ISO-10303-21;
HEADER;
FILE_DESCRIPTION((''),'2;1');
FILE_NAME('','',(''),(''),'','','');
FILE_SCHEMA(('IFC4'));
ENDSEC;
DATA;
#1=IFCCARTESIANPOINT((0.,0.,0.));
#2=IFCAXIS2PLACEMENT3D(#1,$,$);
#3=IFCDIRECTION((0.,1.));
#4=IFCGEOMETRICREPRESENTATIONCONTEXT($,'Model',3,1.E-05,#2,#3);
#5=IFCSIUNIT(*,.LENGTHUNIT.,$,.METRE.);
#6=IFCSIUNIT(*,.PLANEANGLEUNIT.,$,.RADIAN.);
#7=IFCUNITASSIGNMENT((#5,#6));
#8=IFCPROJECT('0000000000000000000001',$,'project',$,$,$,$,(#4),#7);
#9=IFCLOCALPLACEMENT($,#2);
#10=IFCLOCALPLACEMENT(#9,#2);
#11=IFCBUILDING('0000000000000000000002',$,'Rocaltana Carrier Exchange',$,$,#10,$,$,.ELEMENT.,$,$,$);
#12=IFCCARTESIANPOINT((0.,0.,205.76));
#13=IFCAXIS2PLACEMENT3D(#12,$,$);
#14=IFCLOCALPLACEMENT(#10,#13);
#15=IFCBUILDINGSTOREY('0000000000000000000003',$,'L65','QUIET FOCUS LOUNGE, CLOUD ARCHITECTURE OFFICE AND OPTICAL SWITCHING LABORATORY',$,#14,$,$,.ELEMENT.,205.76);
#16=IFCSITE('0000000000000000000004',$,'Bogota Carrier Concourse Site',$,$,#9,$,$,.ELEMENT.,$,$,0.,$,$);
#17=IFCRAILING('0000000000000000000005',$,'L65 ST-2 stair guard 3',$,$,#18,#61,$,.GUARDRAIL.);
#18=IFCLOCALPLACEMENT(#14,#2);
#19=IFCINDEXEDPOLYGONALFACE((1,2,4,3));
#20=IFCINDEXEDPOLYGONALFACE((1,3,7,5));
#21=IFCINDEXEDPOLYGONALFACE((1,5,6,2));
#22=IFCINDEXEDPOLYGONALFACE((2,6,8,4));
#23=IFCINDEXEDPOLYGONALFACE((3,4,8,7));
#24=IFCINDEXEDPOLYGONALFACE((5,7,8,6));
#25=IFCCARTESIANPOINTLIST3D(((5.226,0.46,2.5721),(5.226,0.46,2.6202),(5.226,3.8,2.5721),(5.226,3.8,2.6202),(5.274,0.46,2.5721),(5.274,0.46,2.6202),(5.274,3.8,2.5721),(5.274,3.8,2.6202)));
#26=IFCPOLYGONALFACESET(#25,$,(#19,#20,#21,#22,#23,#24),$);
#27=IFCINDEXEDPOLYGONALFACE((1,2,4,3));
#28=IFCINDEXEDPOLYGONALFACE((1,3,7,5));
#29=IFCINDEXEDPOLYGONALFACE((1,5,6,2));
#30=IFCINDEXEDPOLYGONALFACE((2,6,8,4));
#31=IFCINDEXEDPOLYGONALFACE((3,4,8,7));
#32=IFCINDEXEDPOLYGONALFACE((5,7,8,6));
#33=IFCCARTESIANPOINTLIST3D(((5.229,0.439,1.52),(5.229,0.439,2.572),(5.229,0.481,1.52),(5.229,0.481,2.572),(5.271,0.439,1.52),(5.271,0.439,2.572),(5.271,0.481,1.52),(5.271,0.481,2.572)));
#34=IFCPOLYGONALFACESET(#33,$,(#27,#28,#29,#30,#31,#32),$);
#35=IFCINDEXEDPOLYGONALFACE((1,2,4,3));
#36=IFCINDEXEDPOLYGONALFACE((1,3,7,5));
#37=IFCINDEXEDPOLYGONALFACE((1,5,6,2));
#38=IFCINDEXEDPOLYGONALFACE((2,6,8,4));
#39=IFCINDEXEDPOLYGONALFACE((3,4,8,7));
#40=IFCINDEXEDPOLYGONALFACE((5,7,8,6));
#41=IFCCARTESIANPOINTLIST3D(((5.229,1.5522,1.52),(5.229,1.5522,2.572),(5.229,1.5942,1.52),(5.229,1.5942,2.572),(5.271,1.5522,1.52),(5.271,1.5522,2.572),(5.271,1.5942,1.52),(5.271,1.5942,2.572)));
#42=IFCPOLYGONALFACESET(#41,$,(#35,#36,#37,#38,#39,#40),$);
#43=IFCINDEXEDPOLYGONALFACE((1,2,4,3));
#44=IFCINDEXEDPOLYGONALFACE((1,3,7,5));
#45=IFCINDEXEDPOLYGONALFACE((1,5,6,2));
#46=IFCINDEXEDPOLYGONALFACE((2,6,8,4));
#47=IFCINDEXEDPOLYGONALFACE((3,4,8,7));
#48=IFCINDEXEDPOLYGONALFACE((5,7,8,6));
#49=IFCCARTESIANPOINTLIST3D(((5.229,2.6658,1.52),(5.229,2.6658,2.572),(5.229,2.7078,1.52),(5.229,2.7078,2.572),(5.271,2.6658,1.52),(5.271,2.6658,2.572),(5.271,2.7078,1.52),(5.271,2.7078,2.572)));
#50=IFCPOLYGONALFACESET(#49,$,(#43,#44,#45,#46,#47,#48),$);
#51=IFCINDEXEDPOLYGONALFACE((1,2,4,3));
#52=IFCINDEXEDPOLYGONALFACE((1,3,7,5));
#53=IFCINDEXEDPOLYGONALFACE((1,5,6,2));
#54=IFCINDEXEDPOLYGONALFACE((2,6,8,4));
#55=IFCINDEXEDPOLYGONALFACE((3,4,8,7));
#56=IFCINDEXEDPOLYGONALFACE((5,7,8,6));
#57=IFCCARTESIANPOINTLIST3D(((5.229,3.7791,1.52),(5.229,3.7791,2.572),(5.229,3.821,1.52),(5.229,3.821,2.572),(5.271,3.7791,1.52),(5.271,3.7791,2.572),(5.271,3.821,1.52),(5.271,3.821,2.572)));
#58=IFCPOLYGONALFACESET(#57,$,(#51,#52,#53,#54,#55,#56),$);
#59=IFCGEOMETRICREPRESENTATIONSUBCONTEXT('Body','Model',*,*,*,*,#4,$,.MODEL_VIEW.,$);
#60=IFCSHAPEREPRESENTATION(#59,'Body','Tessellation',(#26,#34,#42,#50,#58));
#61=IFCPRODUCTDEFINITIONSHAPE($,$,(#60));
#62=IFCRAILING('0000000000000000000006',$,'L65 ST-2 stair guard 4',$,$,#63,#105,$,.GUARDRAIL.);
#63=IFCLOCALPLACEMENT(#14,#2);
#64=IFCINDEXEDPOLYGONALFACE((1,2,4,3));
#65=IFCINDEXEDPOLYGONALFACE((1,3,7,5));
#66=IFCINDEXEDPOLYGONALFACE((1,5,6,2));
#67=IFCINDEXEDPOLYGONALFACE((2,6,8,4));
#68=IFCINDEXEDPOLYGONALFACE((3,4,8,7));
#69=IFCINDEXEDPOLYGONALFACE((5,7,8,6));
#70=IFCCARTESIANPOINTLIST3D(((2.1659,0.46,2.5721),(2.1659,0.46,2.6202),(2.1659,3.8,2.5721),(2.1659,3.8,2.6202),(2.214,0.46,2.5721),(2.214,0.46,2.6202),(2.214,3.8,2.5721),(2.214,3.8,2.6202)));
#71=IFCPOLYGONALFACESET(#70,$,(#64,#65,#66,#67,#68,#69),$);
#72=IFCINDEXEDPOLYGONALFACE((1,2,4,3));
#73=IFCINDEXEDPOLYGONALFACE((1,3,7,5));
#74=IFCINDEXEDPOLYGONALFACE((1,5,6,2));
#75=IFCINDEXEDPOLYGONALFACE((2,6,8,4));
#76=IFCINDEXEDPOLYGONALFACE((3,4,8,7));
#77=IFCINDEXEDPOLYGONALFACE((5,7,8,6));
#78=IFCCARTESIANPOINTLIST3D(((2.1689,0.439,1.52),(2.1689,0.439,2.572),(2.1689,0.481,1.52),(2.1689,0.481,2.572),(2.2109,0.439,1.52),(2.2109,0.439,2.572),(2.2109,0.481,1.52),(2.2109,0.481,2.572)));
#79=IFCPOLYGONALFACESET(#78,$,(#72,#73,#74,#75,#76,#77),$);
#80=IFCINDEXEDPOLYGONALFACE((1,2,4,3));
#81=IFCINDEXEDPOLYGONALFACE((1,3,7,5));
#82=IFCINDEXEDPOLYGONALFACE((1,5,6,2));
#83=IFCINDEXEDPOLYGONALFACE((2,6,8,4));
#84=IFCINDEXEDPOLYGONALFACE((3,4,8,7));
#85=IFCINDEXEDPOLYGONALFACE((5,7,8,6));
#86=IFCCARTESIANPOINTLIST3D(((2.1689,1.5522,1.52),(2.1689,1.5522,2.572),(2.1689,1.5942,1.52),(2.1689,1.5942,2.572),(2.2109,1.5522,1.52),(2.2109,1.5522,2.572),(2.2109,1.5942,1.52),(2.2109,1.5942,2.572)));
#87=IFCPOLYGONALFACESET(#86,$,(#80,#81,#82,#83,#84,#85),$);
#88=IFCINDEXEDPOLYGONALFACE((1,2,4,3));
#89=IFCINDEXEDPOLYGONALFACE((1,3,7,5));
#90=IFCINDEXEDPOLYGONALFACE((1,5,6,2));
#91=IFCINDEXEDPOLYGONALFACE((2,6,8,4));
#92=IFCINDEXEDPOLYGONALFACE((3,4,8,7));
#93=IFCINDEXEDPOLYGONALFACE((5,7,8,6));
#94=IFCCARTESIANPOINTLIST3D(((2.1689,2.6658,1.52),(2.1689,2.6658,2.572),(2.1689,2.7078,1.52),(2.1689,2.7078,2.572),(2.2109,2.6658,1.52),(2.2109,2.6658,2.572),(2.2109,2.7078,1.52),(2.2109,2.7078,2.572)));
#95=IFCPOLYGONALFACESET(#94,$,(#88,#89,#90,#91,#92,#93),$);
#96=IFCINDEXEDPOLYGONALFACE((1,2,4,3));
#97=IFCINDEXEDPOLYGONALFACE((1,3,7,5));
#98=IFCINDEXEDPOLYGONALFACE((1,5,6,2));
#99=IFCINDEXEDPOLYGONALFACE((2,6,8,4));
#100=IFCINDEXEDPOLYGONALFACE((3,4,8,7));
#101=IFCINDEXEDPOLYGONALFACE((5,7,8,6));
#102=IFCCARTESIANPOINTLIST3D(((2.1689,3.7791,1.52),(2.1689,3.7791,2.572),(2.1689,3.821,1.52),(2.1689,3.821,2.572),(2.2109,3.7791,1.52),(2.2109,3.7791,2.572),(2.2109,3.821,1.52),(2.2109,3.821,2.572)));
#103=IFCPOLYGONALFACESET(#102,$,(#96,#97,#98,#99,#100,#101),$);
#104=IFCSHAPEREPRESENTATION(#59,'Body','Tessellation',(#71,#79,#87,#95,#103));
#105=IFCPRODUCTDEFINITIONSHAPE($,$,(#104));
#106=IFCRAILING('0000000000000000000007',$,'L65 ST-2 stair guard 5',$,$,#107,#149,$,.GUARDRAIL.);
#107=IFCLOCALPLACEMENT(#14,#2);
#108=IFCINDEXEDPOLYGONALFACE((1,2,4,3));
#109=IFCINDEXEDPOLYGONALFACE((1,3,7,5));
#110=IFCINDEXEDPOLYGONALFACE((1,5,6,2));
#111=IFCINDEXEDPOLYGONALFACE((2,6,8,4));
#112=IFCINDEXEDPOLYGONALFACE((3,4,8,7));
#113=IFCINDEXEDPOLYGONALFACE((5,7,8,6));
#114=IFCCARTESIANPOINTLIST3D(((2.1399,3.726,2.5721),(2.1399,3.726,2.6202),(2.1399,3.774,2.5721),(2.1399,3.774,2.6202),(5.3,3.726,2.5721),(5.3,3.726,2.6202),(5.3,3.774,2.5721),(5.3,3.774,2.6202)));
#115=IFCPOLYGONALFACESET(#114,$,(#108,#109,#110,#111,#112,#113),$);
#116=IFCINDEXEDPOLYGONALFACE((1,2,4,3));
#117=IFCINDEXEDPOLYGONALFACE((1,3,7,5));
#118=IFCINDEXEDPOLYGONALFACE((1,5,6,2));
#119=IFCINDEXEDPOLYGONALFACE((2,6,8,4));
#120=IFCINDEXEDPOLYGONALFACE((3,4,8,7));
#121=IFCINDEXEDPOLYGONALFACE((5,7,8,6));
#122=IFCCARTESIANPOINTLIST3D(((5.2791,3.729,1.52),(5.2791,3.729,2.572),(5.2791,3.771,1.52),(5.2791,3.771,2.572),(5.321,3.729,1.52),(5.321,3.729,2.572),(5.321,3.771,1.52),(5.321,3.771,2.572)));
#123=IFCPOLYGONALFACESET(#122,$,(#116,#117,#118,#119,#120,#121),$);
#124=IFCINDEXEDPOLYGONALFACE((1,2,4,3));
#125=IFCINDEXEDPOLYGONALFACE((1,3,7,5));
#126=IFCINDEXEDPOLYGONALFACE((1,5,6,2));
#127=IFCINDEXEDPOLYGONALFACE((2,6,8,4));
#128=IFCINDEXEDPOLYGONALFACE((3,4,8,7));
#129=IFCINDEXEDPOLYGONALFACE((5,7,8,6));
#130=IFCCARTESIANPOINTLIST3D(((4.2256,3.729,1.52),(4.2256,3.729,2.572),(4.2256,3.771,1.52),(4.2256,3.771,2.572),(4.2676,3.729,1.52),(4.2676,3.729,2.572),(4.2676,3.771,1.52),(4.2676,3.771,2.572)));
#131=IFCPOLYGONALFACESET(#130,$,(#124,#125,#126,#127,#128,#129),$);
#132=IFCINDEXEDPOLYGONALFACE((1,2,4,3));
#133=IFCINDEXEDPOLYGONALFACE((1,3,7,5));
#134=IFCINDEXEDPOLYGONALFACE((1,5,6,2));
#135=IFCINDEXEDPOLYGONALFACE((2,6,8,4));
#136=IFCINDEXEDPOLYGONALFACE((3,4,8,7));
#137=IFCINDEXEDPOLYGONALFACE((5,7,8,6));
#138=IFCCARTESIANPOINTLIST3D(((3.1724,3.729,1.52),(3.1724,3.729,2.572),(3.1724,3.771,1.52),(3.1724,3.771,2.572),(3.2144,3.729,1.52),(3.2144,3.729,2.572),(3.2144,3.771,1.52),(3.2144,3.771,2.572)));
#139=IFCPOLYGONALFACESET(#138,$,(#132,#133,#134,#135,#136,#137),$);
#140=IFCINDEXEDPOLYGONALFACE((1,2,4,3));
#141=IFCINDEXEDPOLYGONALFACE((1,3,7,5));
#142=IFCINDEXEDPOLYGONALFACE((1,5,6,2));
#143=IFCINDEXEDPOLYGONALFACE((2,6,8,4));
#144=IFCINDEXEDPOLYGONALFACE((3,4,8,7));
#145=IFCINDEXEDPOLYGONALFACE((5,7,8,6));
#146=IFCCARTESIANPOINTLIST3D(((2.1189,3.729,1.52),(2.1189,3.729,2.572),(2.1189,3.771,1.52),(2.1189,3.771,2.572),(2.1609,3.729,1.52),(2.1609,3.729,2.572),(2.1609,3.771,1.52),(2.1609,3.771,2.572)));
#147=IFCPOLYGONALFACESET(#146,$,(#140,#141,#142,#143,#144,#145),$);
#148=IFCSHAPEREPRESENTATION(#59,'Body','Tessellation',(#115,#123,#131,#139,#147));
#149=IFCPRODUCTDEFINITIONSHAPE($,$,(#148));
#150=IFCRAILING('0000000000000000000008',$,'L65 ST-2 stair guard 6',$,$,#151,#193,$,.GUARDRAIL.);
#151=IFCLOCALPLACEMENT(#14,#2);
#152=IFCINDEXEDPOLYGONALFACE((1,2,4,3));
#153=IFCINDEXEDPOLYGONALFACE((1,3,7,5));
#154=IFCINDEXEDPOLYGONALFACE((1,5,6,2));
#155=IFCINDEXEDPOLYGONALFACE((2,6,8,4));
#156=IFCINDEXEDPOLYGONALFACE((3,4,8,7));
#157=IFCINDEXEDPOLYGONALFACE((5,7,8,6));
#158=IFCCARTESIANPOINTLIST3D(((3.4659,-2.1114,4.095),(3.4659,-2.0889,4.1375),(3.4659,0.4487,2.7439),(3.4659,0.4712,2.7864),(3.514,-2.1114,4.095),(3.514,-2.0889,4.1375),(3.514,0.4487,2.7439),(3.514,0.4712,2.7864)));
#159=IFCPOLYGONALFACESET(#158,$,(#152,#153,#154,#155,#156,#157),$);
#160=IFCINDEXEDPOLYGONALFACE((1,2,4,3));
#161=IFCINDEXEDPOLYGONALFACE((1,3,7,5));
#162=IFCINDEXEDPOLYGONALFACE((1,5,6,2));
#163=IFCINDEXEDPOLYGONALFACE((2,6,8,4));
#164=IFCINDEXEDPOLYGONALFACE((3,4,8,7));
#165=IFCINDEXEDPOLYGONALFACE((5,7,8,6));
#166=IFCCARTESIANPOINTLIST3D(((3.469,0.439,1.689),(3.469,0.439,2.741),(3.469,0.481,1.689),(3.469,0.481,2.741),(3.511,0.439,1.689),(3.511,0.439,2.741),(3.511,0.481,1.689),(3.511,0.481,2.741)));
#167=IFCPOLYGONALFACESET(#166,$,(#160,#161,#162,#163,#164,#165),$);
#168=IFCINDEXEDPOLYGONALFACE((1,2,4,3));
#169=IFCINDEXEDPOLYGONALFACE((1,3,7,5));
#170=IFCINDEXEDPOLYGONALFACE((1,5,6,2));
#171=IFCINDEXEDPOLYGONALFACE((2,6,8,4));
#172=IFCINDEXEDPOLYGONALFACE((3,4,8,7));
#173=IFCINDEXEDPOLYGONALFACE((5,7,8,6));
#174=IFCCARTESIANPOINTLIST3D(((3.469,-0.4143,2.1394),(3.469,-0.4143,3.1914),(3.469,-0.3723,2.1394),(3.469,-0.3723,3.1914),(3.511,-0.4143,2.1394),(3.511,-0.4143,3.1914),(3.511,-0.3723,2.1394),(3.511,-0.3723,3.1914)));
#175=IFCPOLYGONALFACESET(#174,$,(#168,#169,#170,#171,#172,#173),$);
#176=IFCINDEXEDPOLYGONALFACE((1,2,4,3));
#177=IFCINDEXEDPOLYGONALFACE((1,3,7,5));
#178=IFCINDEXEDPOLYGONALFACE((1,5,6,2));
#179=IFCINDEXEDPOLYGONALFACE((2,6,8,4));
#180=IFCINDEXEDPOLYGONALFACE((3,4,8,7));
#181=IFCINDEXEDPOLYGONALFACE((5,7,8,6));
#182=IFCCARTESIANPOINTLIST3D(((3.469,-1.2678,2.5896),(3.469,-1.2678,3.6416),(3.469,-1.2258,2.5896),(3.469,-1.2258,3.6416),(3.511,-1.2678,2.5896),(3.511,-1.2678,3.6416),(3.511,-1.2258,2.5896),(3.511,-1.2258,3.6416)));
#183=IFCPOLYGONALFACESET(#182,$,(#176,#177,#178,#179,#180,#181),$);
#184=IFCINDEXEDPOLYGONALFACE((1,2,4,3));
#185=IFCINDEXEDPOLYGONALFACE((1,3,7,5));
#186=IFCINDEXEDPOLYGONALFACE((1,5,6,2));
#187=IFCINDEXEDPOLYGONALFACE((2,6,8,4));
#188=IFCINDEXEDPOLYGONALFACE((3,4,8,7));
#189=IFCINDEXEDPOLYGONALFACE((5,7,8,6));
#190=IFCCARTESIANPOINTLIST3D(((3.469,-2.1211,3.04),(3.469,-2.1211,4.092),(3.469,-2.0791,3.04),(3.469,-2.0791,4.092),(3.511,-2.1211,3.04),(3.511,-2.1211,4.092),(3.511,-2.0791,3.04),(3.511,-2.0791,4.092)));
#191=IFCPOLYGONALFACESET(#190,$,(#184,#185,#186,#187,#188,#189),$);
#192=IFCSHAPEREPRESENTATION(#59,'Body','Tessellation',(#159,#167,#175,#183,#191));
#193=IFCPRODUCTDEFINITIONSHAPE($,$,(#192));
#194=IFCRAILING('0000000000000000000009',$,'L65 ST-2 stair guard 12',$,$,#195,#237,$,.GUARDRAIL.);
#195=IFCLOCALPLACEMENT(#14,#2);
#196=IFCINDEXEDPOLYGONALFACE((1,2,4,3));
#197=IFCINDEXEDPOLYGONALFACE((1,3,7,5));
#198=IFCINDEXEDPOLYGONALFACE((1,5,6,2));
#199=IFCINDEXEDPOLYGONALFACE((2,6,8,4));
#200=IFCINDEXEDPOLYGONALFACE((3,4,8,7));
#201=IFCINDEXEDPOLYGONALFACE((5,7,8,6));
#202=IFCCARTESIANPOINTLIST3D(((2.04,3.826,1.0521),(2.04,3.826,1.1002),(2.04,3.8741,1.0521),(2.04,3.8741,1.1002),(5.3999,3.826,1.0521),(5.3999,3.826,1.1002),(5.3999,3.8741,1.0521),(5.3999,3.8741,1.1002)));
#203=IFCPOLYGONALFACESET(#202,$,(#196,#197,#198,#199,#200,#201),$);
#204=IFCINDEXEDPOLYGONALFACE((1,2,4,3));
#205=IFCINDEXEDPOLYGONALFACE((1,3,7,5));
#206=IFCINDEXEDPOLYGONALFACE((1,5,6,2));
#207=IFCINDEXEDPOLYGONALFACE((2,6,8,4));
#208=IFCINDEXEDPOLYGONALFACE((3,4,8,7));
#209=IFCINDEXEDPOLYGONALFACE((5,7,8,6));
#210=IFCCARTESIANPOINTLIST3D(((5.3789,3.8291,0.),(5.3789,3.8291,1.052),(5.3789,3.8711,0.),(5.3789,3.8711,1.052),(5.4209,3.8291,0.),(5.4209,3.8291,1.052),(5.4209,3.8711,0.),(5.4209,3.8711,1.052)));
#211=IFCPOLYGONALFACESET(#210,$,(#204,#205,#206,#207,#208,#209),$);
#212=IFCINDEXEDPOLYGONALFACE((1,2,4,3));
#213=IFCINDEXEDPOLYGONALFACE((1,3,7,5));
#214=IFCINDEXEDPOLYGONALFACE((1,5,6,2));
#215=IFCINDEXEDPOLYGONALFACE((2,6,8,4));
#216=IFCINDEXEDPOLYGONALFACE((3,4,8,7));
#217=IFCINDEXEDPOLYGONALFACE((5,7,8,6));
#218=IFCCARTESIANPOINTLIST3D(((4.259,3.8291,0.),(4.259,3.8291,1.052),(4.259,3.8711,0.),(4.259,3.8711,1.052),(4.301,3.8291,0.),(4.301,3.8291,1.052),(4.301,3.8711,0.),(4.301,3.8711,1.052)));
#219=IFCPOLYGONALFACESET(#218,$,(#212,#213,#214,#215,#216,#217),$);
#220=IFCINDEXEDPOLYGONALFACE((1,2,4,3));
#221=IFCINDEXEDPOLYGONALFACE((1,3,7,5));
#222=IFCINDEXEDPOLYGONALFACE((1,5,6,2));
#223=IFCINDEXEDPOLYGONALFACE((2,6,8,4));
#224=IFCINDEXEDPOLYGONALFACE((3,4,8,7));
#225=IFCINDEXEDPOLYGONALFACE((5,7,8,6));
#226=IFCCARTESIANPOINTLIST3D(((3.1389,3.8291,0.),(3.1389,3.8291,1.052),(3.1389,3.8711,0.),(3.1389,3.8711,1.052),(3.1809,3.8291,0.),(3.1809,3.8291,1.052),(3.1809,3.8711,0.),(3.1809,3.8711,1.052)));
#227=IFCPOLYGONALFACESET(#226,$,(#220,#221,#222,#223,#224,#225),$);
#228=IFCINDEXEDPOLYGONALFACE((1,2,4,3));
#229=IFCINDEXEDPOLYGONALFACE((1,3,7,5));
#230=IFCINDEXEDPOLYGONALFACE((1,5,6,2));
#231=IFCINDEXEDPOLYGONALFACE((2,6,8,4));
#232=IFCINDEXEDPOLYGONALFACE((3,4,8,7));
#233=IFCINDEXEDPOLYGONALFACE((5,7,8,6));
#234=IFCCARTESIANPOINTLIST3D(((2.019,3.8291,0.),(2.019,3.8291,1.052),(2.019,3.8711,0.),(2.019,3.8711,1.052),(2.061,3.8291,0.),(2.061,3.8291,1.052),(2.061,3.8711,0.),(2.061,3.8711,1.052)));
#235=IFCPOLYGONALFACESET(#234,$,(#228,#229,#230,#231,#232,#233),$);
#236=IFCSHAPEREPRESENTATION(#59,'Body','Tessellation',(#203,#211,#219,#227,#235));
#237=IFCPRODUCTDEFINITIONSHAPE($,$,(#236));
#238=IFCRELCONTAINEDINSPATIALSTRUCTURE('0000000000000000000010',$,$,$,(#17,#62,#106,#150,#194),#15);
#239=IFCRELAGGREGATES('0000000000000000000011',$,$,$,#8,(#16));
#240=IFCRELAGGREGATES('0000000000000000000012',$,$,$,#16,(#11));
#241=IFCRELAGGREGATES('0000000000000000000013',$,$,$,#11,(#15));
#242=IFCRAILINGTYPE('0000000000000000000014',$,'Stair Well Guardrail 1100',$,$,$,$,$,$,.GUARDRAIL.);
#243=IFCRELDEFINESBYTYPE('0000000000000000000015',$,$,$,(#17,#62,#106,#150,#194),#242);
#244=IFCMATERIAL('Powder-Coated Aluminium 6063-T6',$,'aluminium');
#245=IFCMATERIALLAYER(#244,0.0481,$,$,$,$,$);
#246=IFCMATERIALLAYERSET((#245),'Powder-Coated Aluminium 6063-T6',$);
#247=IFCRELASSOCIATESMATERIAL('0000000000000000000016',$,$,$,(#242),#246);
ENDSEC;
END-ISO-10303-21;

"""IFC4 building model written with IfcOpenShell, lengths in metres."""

from ifc_helpers import new_model, si_unit, direction, frame, origin, origin_2d, place, context, subcontext, project, spatial, rectangle, extrude, material, layer, layer_set, type_object, element, save


model = new_model("IFC4")

# Units and contexts
model_context = context("Model", 3, precision=1e-05, world=origin(), true_north=direction((0.0, 1.0)))
body_context = subcontext(model_context, "Body", "Model", "MODEL_VIEW")
ifc_project = project(units=[si_unit("LENGTHUNIT", "METRE"), si_unit("PLANEANGLEUNIT", "RADIAN")], contexts=[model_context])

# Site, building, storey
site_placement = place(None, origin())
site = spatial("IfcSite", under=ifc_project, at=site_placement, Name="Bogota Carrier Concourse Site", CompositionType="ELEMENT", RefElevation=0.0)
building_placement = place(site_placement, origin())
building = spatial("IfcBuilding", under=site, at=building_placement, Name="Rocaltana Carrier Exchange", CompositionType="ELEMENT")
storey_placement = place(building_placement, frame((0.0, 0.0, 205.76)))
storey = spatial("IfcBuildingStorey", under=building, at=storey_placement, Name="L65", Description="QUIET FOCUS LOUNGE, CLOUD ARCHITECTURE OFFICE AND OPTICAL SWITCHING LABORATORY", CompositionType="ELEMENT", Elevation=205.76)

# Railings
ifc_material_1 = material(Name="Powder-Coated Aluminium 6063-T6", Category="aluminium")
ifc_layer_1 = layer(ifc_material_1, 0.0481)
ifc_layer_set_1 = layer_set([ifc_layer_1], Name="Powder-Coated Aluminium 6063-T6")
railing_type_1 = type_object("IfcRailingType", Name="Stair Well Guardrail 1100", PredefinedType="GUARDRAIL", material=ifc_layer_set_1)
for number, where, name in (
    (1, (5.25, 0.46, 1.52), "L65 ST-2 stair guard 3"),
    (2, (2.1899, 0.46, 1.52), "L65 ST-2 stair guard 4"),
):
    element("IfcRailing", number, at=place(storey_placement, frame(where)), inside=storey, type_object=railing_type_1, Name=name, PredefinedType="GUARDRAIL", context=body_context, shape_type="SweptSolid", body=[
        extrude(rectangle(XDim=0.0481, YDim=0.0481, at=origin_2d()), frame((0.0, 0.0, 1.0762), z_axis=(0.0, 1.0, 0.0), x_axis=(-1.0, 0.0, 0.0)), (0.0, 0.0, 1.0), 3.3401),
        extrude(rectangle(XDim=0.042, YDim=0.042, at=origin_2d()), origin(), (0.0, 0.0, 1.0), 1.052),
        extrude(rectangle(XDim=0.042, YDim=0.042, at=origin_2d()), frame((0.0, 1.1133, 0.0)), (0.0, 0.0, 1.0), 1.052),
        extrude(rectangle(XDim=0.042, YDim=0.042, at=origin_2d()), frame((0.0, 2.2268, 0.0)), (0.0, 0.0, 1.0), 1.052),
        extrude(rectangle(XDim=0.042, YDim=0.042, at=origin_2d()), frame((0.0, 3.3401, 0.0)), (0.0, 0.0, 1.0), 1.052),
    ])
railing_1_placement = place(storey_placement, frame((5.3, 3.75, 1.52)))
element("IfcRailing", 3, at=railing_1_placement, inside=storey, type_object=railing_type_1, Name="L65 ST-2 stair guard 5", PredefinedType="GUARDRAIL", context=body_context, shape_type="SweptSolid", body=[
    extrude(rectangle(XDim=0.0481, YDim=0.0481, at=origin_2d()), frame((0.0, 0.0, 1.0762), z_axis=(-1.0, 0.0, 0.0), x_axis=(0.0, -1.0, 0.0)), (0.0, 0.0, 1.0), 3.1602),
    extrude(rectangle(XDim=0.042, YDim=0.042, at=origin_2d()), origin(), (0.0, 0.0, 1.0), 1.052),
    extrude(rectangle(XDim=0.042, YDim=0.042, at=origin_2d()), frame((-1.0535, 0.0, 0.0)), (0.0, 0.0, 1.0), 1.052),
    extrude(rectangle(XDim=0.042, YDim=0.042, at=origin_2d()), frame((-2.1067, 0.0, 0.0)), (0.0, 0.0, 1.0), 1.052),
    extrude(rectangle(XDim=0.042, YDim=0.042, at=origin_2d()), frame((-3.1602, 0.0, 0.0)), (0.0, 0.0, 1.0), 1.052),
])
railing_2_placement = place(storey_placement, frame((3.49, 0.46, 1.689)))
element("IfcRailing", 4, at=railing_2_placement, inside=storey, type_object=railing_type_1, Name="L65 ST-2 stair guard 6", PredefinedType="GUARDRAIL", context=body_context, shape_type="SweptSolid", body=[
    extrude(rectangle(XDim=0.0481, YDim=0.0481, at=origin_2d()), frame((0.0, 0.0, 1.0762), z_axis=(0.0, -0.884394, 0.46674), x_axis=(1.0, 0.0, 0.0)), (0.0, 0.0, 1.0), 2.8948),
    extrude(rectangle(XDim=0.042, YDim=0.042, at=origin_2d()), origin(), (0.0, 0.0, 1.0), 1.052),
    extrude(rectangle(XDim=0.042, YDim=0.042, at=origin_2d()), frame((0.0, -0.8533, 0.4504)), (0.0, 0.0, 1.0), 1.052),
    extrude(rectangle(XDim=0.042, YDim=0.042, at=origin_2d()), frame((0.0, -1.7068, 0.9006)), (0.0, 0.0, 1.0), 1.052),
    extrude(rectangle(XDim=0.042, YDim=0.042, at=origin_2d()), frame((0.0, -2.5601, 1.3511)), (0.0, 0.0, 1.0), 1.052),
])
railing_3_placement = place(storey_placement, frame((5.3999, 3.8501, 0.0)))
element("IfcRailing", 5, at=railing_3_placement, inside=storey, type_object=railing_type_1, Name="L65 ST-2 stair guard 12", PredefinedType="GUARDRAIL", context=body_context, shape_type="SweptSolid", body=[
    extrude(rectangle(XDim=0.0481, YDim=0.0481, at=origin_2d()), frame((0.0, 0.0, 1.0762), z_axis=(-1.0, 0.0, 0.0), x_axis=(0.0, -1.0, 0.0)), (0.0, 0.0, 1.0), 3.3599),
    extrude(rectangle(XDim=0.042, YDim=0.042, at=origin_2d()), origin(), (0.0, 0.0, 1.0), 1.052),
    extrude(rectangle(XDim=0.042, YDim=0.042, at=origin_2d()), frame((-1.1199, 0.0, 0.0)), (0.0, 0.0, 1.0), 1.052),
    extrude(rectangle(XDim=0.042, YDim=0.042, at=origin_2d()), frame((-2.24, 0.0, 0.0)), (0.0, 0.0, 1.0), 1.052),
    extrude(rectangle(XDim=0.042, YDim=0.042, at=origin_2d()), frame((-3.3599, 0.0, 0.0)), (0.0, 0.0, 1.0), 1.052),
])

save(model, "model.ifc")
